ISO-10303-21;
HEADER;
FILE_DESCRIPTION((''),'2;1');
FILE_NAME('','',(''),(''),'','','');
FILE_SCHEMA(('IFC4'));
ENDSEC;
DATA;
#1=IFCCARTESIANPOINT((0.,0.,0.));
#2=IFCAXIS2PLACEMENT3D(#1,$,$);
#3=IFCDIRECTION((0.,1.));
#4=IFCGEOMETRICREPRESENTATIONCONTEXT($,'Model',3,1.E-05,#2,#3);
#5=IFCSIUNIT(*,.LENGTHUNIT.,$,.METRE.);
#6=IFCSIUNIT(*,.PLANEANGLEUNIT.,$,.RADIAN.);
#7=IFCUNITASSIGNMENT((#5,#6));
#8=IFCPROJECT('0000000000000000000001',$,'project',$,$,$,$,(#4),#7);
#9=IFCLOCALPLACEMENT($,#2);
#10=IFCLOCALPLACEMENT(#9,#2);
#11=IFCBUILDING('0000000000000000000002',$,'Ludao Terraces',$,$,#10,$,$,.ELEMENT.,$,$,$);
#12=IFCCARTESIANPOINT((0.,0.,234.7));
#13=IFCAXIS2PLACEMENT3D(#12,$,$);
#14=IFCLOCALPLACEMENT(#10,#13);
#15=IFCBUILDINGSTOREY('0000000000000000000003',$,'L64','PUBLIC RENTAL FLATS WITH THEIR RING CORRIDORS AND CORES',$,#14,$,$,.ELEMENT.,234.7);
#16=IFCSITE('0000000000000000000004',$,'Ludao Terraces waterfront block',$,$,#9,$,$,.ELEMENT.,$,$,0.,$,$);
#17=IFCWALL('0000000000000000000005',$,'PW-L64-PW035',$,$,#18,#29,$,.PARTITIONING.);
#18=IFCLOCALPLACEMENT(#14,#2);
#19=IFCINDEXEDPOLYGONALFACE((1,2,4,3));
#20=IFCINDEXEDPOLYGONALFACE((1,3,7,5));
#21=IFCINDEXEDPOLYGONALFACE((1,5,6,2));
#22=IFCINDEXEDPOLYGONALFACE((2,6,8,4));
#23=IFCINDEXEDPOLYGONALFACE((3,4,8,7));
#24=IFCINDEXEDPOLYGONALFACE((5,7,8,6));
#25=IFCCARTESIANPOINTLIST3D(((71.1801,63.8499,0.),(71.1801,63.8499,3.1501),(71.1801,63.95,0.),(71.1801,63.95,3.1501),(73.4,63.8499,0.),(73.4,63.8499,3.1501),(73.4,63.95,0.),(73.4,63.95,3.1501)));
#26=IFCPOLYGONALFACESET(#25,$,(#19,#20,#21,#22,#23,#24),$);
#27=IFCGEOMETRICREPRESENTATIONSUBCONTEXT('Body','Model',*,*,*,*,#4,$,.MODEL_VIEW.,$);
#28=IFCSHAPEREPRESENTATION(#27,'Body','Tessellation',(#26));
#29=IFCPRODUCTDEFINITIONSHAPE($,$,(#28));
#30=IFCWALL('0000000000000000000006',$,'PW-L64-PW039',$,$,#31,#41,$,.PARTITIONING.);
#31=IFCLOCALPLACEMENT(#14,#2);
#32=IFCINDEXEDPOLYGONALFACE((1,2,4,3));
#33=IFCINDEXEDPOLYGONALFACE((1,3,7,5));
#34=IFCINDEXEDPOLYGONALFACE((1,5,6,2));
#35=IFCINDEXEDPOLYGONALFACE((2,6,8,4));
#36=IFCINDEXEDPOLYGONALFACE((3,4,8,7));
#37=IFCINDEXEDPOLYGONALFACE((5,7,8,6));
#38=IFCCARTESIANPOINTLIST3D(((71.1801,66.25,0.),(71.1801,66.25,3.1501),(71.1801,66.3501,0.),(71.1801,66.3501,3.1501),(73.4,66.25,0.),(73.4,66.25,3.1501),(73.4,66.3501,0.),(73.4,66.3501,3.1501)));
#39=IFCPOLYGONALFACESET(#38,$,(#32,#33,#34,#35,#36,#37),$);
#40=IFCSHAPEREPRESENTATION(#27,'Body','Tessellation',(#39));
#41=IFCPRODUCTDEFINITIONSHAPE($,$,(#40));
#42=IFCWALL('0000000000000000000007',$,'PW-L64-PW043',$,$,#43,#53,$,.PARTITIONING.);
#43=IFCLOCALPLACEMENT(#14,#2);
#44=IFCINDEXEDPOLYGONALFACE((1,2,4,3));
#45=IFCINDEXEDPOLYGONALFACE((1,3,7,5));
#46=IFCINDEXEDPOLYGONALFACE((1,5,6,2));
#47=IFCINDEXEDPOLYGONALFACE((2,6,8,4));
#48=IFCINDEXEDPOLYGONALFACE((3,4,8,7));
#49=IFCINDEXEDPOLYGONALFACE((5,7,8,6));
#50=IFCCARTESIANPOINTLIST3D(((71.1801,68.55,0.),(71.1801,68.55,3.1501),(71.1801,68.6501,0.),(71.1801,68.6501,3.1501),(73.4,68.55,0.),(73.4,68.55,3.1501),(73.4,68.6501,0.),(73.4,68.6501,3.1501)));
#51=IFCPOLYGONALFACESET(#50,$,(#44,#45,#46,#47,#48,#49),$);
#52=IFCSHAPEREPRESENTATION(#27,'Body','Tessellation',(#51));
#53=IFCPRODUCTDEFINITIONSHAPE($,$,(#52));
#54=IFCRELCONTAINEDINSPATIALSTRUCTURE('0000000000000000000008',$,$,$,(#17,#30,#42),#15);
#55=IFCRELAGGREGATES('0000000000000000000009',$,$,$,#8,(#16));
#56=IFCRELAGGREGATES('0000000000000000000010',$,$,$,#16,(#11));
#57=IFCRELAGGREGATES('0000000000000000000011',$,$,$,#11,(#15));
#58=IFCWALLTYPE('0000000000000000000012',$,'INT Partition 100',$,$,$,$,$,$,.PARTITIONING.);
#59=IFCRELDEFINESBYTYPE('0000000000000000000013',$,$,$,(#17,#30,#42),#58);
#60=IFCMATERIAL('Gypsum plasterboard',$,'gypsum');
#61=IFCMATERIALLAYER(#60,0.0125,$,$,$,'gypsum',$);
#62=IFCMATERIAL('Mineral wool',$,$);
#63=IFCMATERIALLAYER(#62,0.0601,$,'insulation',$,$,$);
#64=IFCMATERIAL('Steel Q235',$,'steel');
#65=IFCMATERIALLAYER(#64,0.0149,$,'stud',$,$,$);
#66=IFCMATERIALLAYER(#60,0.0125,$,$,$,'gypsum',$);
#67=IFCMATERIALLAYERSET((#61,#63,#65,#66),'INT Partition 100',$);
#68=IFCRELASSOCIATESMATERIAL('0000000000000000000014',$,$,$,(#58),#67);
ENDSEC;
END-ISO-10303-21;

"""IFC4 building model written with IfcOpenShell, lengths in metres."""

from ifc_helpers import new_model, si_unit, direction, frame, frame_2d, origin, place, context, subcontext, project, spatial, rectangle, extrude, material, layer, layer_set, type_object, element, save


model = new_model("IFC4")

# Units and contexts
model_context = context("Model", 3, precision=1e-05, world=origin(), true_north=direction((0.0, 1.0)))
body_context = subcontext(model_context, "Body", "Model", "MODEL_VIEW")
ifc_project = project(units=[si_unit("LENGTHUNIT", "METRE"), si_unit("PLANEANGLEUNIT", "RADIAN")], contexts=[model_context])

# Site, building, storey
site_placement = place(None, origin())
site = spatial("IfcSite", under=ifc_project, at=site_placement, Name="Ludao Terraces waterfront block", CompositionType="ELEMENT", RefElevation=0.0)
building_placement = place(site_placement, origin())
building = spatial("IfcBuilding", under=site, at=building_placement, Name="Ludao Terraces", CompositionType="ELEMENT")
storey_placement = place(building_placement, frame((0.0, 0.0, 234.7)))
storey = spatial("IfcBuildingStorey", under=building, at=storey_placement, Name="L64", Description="PUBLIC RENTAL FLATS WITH THEIR RING CORRIDORS AND CORES", CompositionType="ELEMENT", Elevation=234.7)

# Walls
ifc_material_1 = material(Name="Gypsum plasterboard", Category="gypsum")
ifc_layer_1 = layer(ifc_material_1, 0.0125, Category="gypsum")
ifc_material_2 = material(Name="Mineral wool")
ifc_layer_2 = layer(ifc_material_2, 0.0601, Name="insulation")
ifc_material_3 = material(Name="Steel Q235", Category="steel")
ifc_layer_3 = layer(ifc_material_3, 0.0149, Name="stud")
ifc_layer_4 = layer(ifc_material_1, 0.0125, Category="gypsum")
ifc_layer_set_1 = layer_set([ifc_layer_1, ifc_layer_2, ifc_layer_3, ifc_layer_4], Name="INT Partition 100")
wall_type_1 = type_object("IfcWallType", Name="INT Partition 100", PredefinedType="PARTITIONING", material=ifc_layer_set_1)
for number, where, z_axis, x_axis, name in (
    (1, (71.1802, 63.8999, 0.0), (0.0, 0.0, 1.0), (1.0, 0.0, 0.0), "PW-L64-PW035"),
    (2, (71.1802, 66.3, 0.0), (0.0, 0.0, 1.0), (1.0, 0.0, 0.0), "PW-L64-PW039"),
    (3, (71.1802, 68.6001, 0.0), (0.0, 0.0, 1.0), (1.0, 0.0, 0.0), "PW-L64-PW043"),
):
    element("IfcWall", number, at=place(storey_placement, frame(where, z_axis=z_axis, x_axis=x_axis)), inside=storey, type_object=wall_type_1, Name=name, PredefinedType="PARTITIONING", context=body_context, shape_type="SweptSolid", body=[
        extrude(rectangle(XDim=2.22, YDim=0.1001, at=frame_2d((1.1099, 0.0))), origin(), (0.0, 0.0, 1.0), 3.1501),
    ])

save(model, "model.ifc")
